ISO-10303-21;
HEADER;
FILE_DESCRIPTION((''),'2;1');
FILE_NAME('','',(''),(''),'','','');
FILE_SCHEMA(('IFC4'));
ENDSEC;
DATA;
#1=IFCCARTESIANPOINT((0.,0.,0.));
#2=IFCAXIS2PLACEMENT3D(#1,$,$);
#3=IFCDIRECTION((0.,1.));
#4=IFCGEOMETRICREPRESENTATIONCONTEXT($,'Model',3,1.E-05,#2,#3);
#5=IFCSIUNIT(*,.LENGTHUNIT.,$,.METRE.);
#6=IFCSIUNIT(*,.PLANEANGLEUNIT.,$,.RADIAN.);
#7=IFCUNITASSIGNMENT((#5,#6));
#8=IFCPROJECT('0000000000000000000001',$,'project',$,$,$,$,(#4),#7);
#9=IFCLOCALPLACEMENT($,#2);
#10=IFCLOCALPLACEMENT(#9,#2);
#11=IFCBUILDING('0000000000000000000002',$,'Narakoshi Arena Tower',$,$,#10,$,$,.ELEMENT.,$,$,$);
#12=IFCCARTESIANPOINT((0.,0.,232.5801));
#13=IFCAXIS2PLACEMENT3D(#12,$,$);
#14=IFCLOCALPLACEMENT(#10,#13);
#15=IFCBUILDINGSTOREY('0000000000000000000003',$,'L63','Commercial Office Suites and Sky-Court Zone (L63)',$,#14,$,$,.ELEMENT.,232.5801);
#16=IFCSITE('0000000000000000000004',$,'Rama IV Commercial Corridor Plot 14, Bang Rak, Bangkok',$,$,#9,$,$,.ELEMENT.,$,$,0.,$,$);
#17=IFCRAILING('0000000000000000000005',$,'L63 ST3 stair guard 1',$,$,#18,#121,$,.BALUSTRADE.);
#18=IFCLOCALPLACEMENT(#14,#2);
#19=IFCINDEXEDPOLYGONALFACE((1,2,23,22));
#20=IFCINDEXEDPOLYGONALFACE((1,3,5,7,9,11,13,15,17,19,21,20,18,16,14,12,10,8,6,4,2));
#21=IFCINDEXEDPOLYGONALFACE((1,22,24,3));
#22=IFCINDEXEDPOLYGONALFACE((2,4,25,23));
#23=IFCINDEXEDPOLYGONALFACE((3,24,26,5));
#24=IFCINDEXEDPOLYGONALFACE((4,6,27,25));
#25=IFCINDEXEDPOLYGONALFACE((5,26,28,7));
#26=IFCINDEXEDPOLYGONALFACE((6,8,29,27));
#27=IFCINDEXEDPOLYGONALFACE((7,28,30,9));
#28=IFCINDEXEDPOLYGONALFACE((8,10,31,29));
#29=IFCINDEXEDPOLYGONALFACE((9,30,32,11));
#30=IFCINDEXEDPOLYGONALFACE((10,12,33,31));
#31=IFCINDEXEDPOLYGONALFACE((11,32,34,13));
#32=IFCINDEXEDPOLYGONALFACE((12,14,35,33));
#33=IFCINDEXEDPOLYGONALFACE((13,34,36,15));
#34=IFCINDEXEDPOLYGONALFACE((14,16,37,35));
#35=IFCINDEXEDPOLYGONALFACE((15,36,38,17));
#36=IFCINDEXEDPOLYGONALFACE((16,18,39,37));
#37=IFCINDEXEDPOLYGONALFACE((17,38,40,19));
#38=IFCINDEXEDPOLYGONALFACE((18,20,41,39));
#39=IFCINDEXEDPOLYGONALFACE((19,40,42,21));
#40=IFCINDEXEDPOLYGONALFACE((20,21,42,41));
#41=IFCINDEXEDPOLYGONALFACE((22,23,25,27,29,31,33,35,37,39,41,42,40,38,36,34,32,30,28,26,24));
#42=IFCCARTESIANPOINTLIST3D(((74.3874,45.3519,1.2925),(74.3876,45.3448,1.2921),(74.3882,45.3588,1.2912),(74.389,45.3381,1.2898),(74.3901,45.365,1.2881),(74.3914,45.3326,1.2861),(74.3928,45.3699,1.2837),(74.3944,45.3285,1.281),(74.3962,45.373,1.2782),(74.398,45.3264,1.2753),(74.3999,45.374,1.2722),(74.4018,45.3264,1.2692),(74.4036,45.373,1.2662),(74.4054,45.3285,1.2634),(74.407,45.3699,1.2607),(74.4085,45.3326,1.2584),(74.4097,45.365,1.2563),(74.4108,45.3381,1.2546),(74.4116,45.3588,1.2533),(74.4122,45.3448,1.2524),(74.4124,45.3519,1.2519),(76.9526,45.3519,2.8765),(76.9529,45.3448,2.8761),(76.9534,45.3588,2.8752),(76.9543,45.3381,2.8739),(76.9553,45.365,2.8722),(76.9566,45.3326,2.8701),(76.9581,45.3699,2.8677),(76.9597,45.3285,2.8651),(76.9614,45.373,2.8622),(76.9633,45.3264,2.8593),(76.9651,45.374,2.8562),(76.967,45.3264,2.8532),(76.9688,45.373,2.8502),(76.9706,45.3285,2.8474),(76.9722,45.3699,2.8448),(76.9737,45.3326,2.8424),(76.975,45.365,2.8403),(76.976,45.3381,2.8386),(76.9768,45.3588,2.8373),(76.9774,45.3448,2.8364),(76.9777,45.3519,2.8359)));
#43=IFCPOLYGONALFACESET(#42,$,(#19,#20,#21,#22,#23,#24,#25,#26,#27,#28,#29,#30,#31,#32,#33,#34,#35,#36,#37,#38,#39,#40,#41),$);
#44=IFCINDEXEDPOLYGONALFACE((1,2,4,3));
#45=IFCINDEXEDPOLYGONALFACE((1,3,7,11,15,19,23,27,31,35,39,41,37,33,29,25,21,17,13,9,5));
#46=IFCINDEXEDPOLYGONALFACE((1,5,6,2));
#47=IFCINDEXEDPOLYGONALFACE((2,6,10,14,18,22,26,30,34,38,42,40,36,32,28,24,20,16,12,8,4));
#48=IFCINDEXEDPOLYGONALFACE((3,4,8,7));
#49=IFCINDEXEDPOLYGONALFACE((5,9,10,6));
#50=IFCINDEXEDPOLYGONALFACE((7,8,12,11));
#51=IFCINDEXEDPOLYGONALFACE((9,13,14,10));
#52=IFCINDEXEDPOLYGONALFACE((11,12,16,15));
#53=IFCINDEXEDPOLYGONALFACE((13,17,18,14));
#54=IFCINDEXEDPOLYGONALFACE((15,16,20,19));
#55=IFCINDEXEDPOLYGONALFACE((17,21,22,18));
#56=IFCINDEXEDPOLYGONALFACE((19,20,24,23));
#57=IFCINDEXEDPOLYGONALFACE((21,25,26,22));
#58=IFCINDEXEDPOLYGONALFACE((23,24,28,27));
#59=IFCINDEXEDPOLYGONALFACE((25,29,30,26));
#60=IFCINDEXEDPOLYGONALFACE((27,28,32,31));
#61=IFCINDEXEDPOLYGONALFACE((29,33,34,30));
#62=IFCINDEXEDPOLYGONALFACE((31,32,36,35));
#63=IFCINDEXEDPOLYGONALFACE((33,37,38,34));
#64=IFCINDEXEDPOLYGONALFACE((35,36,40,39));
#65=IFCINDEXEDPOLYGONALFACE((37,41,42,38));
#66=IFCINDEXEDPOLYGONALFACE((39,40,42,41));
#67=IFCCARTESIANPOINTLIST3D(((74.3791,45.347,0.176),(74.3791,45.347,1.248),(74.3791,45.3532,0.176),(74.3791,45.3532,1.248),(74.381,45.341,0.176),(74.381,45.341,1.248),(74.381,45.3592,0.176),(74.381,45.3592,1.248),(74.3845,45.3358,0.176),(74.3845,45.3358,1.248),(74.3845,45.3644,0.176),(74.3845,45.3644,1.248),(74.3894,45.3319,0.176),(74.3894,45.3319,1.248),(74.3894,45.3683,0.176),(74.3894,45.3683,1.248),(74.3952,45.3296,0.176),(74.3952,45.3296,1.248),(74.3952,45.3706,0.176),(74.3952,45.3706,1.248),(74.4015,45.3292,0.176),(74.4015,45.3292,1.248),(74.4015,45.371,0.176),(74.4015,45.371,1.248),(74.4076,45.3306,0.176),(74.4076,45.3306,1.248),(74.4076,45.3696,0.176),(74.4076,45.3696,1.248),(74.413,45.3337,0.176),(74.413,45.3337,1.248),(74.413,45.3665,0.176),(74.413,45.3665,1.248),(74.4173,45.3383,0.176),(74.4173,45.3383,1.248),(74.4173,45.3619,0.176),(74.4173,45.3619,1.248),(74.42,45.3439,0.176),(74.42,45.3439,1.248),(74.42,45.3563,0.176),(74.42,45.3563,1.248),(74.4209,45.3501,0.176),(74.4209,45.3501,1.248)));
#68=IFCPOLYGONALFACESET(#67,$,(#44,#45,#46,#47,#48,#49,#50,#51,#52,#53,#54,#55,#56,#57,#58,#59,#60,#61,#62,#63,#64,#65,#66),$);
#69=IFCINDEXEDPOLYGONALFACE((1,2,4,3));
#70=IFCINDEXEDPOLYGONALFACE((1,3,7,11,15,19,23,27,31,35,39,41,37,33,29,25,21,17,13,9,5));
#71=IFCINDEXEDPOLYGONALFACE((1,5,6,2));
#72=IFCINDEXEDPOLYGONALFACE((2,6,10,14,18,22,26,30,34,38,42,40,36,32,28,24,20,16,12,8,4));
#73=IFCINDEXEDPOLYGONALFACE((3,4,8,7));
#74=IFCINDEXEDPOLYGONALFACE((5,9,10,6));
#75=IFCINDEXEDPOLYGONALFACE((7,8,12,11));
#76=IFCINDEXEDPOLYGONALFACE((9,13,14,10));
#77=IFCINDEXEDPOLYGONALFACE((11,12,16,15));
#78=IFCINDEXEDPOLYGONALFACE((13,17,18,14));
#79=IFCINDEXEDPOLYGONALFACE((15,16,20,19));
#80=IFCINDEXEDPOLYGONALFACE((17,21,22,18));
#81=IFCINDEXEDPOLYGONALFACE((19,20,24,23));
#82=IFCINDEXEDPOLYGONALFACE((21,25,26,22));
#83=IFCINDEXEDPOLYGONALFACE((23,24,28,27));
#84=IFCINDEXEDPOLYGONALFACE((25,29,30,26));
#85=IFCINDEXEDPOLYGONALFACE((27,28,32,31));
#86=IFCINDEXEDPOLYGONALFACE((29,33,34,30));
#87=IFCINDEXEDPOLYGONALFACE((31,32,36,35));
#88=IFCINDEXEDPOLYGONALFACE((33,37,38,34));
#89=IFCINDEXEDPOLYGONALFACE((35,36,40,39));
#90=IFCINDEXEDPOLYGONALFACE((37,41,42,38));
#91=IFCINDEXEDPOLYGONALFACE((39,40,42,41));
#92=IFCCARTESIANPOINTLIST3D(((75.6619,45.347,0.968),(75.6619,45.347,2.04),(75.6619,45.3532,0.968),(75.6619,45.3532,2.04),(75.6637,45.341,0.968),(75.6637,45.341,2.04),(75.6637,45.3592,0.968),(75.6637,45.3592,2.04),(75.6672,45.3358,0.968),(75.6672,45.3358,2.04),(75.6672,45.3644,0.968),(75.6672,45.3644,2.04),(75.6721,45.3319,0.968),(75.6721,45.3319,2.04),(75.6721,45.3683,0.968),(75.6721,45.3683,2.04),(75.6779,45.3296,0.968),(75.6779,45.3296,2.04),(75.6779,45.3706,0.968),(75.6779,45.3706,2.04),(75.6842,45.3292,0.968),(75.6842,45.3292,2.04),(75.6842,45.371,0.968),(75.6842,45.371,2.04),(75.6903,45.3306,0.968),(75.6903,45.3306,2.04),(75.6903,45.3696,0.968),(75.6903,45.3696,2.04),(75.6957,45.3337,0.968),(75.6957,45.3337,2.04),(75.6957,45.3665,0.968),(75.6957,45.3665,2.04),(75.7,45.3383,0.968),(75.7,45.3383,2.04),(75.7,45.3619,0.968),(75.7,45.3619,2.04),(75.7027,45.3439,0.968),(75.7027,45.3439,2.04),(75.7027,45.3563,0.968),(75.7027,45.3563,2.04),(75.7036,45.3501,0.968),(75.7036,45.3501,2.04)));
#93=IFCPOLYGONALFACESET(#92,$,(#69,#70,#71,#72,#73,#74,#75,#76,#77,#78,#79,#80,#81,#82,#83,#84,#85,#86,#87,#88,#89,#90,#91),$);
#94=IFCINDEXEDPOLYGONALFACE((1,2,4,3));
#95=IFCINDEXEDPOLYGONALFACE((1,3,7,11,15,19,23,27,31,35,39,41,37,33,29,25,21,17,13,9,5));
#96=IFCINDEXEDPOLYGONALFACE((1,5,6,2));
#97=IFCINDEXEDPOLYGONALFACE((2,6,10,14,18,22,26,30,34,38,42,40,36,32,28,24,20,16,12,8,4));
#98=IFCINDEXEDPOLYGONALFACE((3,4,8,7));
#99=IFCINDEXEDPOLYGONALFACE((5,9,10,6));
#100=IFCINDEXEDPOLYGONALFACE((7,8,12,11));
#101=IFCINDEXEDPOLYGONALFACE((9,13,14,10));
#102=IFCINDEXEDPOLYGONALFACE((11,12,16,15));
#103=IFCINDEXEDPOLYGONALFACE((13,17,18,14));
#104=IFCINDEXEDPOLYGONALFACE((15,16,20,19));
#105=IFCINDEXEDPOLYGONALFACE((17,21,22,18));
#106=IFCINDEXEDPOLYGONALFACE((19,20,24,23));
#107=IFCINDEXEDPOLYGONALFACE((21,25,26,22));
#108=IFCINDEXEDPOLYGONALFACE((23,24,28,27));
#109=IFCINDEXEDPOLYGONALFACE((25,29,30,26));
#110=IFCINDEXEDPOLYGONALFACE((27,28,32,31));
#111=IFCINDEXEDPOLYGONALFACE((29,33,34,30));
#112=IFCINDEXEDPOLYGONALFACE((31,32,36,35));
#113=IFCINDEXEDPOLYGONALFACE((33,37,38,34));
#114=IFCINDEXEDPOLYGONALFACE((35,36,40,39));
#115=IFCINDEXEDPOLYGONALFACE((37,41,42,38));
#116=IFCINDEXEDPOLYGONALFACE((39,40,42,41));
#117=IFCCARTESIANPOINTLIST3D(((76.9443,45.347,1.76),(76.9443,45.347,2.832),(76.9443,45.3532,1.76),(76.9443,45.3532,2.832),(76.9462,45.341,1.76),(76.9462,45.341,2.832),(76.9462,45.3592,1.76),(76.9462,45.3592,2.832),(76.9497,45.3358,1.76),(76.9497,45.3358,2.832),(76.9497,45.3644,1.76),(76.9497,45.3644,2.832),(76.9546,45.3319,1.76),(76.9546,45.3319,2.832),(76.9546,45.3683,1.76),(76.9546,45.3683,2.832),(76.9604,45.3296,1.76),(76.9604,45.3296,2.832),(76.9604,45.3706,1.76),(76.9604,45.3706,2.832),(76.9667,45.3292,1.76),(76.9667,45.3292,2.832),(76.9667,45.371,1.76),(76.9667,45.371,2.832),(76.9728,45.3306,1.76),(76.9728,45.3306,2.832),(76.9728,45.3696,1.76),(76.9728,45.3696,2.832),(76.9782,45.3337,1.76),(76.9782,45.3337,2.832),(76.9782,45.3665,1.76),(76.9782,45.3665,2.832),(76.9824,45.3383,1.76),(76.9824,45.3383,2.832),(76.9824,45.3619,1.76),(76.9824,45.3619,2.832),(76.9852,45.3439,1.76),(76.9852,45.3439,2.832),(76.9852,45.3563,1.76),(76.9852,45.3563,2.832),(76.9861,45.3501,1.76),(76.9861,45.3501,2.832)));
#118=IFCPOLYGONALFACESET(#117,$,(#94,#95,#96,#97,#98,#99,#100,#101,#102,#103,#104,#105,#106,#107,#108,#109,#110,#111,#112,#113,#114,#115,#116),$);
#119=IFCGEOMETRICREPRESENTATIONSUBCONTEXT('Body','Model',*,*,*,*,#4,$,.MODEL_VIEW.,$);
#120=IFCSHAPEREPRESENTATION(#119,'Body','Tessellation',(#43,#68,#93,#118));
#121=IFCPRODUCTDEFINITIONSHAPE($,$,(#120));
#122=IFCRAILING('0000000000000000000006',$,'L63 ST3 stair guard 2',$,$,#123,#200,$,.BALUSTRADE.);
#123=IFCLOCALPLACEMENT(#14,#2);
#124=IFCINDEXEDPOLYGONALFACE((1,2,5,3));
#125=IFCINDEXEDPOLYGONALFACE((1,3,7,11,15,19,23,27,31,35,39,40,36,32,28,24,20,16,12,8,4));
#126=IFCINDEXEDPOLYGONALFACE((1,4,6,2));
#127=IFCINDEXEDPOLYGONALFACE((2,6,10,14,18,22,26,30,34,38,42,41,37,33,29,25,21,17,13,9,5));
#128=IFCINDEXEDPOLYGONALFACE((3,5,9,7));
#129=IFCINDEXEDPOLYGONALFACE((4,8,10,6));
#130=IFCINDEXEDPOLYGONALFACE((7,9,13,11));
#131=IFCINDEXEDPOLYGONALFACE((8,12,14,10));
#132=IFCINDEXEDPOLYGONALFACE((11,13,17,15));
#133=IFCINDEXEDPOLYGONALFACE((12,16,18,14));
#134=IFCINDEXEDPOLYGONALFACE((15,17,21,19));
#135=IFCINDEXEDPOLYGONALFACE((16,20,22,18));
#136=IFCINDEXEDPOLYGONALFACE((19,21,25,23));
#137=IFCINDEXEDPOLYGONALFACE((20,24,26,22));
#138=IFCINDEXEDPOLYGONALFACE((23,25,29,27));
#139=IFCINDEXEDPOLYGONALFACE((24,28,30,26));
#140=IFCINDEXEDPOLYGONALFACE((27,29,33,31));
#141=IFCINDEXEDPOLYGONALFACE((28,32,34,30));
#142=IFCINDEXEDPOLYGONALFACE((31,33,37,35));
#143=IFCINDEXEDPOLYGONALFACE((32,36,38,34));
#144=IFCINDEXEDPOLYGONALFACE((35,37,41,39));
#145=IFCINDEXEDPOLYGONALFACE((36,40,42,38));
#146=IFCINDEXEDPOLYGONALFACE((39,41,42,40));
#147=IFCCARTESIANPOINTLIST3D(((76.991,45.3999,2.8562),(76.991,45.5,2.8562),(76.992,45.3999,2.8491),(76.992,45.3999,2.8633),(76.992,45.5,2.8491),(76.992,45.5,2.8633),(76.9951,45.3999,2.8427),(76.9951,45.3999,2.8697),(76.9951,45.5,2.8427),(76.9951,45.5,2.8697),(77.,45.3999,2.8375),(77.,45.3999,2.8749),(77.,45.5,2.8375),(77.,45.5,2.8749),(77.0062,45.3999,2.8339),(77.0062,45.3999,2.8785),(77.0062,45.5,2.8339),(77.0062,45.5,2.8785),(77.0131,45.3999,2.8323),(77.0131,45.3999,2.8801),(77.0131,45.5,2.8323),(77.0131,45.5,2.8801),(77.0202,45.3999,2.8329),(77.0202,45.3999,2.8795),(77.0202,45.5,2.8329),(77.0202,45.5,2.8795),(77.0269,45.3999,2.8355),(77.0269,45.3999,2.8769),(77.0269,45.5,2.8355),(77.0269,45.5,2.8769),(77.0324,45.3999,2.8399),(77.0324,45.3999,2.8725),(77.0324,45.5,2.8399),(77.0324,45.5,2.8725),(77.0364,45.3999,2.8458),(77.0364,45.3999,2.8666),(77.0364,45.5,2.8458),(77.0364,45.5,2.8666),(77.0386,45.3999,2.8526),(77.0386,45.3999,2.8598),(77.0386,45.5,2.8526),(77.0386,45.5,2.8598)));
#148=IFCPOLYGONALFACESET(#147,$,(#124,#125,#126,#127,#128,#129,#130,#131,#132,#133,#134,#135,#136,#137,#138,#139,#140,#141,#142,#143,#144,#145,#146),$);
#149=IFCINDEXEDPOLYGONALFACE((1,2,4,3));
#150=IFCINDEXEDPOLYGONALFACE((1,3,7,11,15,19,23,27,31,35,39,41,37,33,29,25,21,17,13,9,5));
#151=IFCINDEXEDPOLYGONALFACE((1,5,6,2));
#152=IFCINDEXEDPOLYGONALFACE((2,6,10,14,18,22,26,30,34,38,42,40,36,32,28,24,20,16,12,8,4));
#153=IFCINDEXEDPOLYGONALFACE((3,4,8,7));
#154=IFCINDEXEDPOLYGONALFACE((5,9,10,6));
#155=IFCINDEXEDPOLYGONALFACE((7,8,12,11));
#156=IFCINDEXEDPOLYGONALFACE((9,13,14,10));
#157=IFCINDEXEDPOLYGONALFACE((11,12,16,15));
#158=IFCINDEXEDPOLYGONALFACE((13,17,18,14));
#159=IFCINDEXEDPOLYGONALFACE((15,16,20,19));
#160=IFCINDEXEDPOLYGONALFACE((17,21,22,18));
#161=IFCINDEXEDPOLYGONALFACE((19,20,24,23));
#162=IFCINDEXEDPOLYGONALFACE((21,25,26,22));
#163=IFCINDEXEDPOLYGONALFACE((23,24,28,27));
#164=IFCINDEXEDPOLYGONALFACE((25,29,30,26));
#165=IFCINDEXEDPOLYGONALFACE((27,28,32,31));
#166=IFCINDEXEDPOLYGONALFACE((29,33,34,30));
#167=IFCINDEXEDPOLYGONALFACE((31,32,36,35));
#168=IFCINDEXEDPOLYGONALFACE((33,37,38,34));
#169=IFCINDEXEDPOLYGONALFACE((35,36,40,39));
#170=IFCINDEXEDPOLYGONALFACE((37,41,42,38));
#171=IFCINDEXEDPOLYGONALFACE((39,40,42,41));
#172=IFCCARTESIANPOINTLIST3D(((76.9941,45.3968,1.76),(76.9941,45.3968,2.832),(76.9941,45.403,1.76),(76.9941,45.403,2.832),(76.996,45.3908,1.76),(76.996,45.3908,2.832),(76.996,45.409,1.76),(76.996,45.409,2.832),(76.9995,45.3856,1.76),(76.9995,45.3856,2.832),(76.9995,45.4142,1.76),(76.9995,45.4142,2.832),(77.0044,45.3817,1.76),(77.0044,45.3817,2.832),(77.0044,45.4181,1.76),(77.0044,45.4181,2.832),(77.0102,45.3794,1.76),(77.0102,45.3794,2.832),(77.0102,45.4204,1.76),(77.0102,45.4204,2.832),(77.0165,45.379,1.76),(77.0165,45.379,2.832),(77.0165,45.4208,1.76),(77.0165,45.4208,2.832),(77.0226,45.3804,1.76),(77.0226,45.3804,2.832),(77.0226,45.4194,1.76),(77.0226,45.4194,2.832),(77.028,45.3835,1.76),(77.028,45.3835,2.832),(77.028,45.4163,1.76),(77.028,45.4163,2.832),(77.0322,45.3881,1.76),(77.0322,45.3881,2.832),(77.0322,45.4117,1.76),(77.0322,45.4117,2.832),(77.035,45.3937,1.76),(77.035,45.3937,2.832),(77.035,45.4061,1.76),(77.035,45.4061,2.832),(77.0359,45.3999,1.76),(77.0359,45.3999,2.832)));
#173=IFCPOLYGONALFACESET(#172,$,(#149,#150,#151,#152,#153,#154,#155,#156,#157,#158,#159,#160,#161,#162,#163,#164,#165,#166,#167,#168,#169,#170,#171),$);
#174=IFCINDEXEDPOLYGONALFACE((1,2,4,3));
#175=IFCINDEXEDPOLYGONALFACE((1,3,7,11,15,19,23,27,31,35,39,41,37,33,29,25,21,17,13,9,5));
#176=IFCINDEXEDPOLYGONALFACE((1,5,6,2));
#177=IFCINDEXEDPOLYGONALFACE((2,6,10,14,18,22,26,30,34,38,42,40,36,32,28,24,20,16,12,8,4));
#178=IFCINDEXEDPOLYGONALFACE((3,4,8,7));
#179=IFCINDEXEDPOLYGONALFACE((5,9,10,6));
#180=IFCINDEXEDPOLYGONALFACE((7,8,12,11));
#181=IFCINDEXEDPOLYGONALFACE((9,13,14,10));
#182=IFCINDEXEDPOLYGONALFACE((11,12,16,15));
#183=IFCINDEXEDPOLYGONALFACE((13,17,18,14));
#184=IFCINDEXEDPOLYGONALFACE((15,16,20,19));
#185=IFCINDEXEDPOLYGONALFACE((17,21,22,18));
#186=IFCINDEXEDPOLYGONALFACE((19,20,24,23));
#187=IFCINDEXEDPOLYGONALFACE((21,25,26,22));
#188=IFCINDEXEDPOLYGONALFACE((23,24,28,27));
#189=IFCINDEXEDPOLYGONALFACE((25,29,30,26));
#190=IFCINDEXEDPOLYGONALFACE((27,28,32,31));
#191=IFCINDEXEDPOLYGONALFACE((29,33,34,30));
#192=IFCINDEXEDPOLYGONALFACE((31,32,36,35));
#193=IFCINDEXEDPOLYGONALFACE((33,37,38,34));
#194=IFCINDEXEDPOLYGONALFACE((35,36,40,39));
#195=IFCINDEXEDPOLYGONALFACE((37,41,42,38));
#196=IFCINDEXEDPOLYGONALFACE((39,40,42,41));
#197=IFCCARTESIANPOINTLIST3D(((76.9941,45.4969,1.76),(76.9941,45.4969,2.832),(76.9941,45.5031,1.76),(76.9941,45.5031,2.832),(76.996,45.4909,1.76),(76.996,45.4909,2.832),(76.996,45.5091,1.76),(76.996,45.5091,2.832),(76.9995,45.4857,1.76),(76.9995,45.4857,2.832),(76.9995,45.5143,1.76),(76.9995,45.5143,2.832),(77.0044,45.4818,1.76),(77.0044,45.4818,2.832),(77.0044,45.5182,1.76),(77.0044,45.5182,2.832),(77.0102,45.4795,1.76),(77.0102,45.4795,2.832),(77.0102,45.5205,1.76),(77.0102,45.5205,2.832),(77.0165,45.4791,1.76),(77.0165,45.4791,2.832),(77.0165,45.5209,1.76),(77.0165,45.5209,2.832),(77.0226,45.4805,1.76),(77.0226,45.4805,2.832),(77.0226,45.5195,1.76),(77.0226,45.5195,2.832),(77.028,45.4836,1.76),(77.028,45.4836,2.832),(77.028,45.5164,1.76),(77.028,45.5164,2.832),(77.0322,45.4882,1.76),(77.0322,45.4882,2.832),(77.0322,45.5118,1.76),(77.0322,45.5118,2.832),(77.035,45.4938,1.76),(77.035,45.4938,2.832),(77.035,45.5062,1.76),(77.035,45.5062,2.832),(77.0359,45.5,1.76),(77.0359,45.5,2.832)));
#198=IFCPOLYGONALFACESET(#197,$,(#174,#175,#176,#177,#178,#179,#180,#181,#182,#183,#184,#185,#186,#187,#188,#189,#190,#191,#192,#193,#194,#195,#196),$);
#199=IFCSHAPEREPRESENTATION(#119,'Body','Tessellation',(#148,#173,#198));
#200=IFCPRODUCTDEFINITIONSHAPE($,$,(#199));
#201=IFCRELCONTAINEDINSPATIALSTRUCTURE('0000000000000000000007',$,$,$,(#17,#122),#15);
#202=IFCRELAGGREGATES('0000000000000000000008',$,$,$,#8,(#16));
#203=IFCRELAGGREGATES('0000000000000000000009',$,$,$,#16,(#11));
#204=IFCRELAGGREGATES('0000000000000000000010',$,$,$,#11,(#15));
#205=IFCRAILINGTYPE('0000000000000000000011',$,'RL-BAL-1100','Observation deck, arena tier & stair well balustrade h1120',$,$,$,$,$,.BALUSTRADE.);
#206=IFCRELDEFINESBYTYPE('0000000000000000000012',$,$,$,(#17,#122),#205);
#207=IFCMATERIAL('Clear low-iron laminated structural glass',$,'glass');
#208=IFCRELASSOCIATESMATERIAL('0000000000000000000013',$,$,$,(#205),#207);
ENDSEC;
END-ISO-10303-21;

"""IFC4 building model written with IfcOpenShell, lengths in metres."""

from ifc_helpers import new_model, si_unit, direction, frame, origin, origin_2d, place, context, subcontext, project, spatial, circle, extrude, material, type_object, element, save


model = new_model("IFC4")

# Units and contexts
model_context = context("Model", 3, precision=1e-05, world=origin(), true_north=direction((0.0, 1.0)))
body_context = subcontext(model_context, "Body", "Model", "MODEL_VIEW")
ifc_project = project(units=[si_unit("LENGTHUNIT", "METRE"), si_unit("PLANEANGLEUNIT", "RADIAN")], contexts=[model_context])

# Site, building, storey
site_placement = place(None, origin())
site = spatial("IfcSite", under=ifc_project, at=site_placement, Name="Rama IV Commercial Corridor Plot 14, Bang Rak, Bangkok", CompositionType="ELEMENT", RefElevation=0.0)
building_placement = place(site_placement, origin())
building = spatial("IfcBuilding", under=site, at=building_placement, Name="Narakoshi Arena Tower", CompositionType="ELEMENT")
storey_placement = place(building_placement, frame((0.0, 0.0, 232.5801)))
storey = spatial("IfcBuildingStorey", under=building, at=storey_placement, Name="L63", Description="Commercial Office Suites and Sky-Court Zone (L63)", CompositionType="ELEMENT", Elevation=232.5801)

# Railings
ifc_material_1 = material(Name="Clear low-iron laminated structural glass", Category="glass")
railing_type_1 = type_object("IfcRailingType", Name="RL-BAL-1100", Description="Observation deck, arena tier & stair well balustrade h1120", PredefinedType="BALUSTRADE", material=ifc_material_1)
railing_1_placement = place(storey_placement, frame((74.3999, 45.3501, 0.176)))
element("IfcRailing", 1, at=railing_1_placement, inside=storey, type_object=railing_type_1, Name="L63 ST3 stair guard 1", PredefinedType="BALUSTRADE", context=body_context, shape_type="SweptSolid", body=[
    extrude(circle(Radius=0.0239, at=origin_2d()), frame((0.0, 0.0, 1.0962), z_axis=(0.850857, 0.0, 0.525398), x_axis=(0.0, 1.0, 0.0)), (0.0, 0.0, 1.0), 3.0149),
    extrude(circle(Radius=0.021, at=origin_2d()), origin(), (0.0, 0.0, 1.0), 1.072),
    extrude(circle(Radius=0.021, at=origin_2d()), frame((1.2827, 0.0, 0.792)), (0.0, 0.0, 1.0), 1.072),
    extrude(circle(Radius=0.021, at=origin_2d()), frame((2.5652, 0.0, 1.584)), (0.0, 0.0, 1.0), 1.072),
])
railing_2_placement = place(storey_placement, frame((77.0149, 45.3999, 1.76)))
element("IfcRailing", 2, at=railing_2_placement, inside=storey, type_object=railing_type_1, Name="L63 ST3 stair guard 2", PredefinedType="BALUSTRADE", context=body_context, shape_type="SweptSolid", body=[
    extrude(circle(Radius=0.0239, at=origin_2d()), frame((0.0, 0.0, 1.0962), z_axis=(0.0, 1.0, 0.0), x_axis=(-1.0, 0.0, 0.0)), (0.0, 0.0, 1.0), 0.1001),
    extrude(circle(Radius=0.021, at=origin_2d()), origin(), (0.0, 0.0, 1.0), 1.072),
    extrude(circle(Radius=0.021, at=origin_2d()), frame((0.0, 0.1001, 0.0)), (0.0, 0.0, 1.0), 1.072),
])

save(model, "model.ifc")
